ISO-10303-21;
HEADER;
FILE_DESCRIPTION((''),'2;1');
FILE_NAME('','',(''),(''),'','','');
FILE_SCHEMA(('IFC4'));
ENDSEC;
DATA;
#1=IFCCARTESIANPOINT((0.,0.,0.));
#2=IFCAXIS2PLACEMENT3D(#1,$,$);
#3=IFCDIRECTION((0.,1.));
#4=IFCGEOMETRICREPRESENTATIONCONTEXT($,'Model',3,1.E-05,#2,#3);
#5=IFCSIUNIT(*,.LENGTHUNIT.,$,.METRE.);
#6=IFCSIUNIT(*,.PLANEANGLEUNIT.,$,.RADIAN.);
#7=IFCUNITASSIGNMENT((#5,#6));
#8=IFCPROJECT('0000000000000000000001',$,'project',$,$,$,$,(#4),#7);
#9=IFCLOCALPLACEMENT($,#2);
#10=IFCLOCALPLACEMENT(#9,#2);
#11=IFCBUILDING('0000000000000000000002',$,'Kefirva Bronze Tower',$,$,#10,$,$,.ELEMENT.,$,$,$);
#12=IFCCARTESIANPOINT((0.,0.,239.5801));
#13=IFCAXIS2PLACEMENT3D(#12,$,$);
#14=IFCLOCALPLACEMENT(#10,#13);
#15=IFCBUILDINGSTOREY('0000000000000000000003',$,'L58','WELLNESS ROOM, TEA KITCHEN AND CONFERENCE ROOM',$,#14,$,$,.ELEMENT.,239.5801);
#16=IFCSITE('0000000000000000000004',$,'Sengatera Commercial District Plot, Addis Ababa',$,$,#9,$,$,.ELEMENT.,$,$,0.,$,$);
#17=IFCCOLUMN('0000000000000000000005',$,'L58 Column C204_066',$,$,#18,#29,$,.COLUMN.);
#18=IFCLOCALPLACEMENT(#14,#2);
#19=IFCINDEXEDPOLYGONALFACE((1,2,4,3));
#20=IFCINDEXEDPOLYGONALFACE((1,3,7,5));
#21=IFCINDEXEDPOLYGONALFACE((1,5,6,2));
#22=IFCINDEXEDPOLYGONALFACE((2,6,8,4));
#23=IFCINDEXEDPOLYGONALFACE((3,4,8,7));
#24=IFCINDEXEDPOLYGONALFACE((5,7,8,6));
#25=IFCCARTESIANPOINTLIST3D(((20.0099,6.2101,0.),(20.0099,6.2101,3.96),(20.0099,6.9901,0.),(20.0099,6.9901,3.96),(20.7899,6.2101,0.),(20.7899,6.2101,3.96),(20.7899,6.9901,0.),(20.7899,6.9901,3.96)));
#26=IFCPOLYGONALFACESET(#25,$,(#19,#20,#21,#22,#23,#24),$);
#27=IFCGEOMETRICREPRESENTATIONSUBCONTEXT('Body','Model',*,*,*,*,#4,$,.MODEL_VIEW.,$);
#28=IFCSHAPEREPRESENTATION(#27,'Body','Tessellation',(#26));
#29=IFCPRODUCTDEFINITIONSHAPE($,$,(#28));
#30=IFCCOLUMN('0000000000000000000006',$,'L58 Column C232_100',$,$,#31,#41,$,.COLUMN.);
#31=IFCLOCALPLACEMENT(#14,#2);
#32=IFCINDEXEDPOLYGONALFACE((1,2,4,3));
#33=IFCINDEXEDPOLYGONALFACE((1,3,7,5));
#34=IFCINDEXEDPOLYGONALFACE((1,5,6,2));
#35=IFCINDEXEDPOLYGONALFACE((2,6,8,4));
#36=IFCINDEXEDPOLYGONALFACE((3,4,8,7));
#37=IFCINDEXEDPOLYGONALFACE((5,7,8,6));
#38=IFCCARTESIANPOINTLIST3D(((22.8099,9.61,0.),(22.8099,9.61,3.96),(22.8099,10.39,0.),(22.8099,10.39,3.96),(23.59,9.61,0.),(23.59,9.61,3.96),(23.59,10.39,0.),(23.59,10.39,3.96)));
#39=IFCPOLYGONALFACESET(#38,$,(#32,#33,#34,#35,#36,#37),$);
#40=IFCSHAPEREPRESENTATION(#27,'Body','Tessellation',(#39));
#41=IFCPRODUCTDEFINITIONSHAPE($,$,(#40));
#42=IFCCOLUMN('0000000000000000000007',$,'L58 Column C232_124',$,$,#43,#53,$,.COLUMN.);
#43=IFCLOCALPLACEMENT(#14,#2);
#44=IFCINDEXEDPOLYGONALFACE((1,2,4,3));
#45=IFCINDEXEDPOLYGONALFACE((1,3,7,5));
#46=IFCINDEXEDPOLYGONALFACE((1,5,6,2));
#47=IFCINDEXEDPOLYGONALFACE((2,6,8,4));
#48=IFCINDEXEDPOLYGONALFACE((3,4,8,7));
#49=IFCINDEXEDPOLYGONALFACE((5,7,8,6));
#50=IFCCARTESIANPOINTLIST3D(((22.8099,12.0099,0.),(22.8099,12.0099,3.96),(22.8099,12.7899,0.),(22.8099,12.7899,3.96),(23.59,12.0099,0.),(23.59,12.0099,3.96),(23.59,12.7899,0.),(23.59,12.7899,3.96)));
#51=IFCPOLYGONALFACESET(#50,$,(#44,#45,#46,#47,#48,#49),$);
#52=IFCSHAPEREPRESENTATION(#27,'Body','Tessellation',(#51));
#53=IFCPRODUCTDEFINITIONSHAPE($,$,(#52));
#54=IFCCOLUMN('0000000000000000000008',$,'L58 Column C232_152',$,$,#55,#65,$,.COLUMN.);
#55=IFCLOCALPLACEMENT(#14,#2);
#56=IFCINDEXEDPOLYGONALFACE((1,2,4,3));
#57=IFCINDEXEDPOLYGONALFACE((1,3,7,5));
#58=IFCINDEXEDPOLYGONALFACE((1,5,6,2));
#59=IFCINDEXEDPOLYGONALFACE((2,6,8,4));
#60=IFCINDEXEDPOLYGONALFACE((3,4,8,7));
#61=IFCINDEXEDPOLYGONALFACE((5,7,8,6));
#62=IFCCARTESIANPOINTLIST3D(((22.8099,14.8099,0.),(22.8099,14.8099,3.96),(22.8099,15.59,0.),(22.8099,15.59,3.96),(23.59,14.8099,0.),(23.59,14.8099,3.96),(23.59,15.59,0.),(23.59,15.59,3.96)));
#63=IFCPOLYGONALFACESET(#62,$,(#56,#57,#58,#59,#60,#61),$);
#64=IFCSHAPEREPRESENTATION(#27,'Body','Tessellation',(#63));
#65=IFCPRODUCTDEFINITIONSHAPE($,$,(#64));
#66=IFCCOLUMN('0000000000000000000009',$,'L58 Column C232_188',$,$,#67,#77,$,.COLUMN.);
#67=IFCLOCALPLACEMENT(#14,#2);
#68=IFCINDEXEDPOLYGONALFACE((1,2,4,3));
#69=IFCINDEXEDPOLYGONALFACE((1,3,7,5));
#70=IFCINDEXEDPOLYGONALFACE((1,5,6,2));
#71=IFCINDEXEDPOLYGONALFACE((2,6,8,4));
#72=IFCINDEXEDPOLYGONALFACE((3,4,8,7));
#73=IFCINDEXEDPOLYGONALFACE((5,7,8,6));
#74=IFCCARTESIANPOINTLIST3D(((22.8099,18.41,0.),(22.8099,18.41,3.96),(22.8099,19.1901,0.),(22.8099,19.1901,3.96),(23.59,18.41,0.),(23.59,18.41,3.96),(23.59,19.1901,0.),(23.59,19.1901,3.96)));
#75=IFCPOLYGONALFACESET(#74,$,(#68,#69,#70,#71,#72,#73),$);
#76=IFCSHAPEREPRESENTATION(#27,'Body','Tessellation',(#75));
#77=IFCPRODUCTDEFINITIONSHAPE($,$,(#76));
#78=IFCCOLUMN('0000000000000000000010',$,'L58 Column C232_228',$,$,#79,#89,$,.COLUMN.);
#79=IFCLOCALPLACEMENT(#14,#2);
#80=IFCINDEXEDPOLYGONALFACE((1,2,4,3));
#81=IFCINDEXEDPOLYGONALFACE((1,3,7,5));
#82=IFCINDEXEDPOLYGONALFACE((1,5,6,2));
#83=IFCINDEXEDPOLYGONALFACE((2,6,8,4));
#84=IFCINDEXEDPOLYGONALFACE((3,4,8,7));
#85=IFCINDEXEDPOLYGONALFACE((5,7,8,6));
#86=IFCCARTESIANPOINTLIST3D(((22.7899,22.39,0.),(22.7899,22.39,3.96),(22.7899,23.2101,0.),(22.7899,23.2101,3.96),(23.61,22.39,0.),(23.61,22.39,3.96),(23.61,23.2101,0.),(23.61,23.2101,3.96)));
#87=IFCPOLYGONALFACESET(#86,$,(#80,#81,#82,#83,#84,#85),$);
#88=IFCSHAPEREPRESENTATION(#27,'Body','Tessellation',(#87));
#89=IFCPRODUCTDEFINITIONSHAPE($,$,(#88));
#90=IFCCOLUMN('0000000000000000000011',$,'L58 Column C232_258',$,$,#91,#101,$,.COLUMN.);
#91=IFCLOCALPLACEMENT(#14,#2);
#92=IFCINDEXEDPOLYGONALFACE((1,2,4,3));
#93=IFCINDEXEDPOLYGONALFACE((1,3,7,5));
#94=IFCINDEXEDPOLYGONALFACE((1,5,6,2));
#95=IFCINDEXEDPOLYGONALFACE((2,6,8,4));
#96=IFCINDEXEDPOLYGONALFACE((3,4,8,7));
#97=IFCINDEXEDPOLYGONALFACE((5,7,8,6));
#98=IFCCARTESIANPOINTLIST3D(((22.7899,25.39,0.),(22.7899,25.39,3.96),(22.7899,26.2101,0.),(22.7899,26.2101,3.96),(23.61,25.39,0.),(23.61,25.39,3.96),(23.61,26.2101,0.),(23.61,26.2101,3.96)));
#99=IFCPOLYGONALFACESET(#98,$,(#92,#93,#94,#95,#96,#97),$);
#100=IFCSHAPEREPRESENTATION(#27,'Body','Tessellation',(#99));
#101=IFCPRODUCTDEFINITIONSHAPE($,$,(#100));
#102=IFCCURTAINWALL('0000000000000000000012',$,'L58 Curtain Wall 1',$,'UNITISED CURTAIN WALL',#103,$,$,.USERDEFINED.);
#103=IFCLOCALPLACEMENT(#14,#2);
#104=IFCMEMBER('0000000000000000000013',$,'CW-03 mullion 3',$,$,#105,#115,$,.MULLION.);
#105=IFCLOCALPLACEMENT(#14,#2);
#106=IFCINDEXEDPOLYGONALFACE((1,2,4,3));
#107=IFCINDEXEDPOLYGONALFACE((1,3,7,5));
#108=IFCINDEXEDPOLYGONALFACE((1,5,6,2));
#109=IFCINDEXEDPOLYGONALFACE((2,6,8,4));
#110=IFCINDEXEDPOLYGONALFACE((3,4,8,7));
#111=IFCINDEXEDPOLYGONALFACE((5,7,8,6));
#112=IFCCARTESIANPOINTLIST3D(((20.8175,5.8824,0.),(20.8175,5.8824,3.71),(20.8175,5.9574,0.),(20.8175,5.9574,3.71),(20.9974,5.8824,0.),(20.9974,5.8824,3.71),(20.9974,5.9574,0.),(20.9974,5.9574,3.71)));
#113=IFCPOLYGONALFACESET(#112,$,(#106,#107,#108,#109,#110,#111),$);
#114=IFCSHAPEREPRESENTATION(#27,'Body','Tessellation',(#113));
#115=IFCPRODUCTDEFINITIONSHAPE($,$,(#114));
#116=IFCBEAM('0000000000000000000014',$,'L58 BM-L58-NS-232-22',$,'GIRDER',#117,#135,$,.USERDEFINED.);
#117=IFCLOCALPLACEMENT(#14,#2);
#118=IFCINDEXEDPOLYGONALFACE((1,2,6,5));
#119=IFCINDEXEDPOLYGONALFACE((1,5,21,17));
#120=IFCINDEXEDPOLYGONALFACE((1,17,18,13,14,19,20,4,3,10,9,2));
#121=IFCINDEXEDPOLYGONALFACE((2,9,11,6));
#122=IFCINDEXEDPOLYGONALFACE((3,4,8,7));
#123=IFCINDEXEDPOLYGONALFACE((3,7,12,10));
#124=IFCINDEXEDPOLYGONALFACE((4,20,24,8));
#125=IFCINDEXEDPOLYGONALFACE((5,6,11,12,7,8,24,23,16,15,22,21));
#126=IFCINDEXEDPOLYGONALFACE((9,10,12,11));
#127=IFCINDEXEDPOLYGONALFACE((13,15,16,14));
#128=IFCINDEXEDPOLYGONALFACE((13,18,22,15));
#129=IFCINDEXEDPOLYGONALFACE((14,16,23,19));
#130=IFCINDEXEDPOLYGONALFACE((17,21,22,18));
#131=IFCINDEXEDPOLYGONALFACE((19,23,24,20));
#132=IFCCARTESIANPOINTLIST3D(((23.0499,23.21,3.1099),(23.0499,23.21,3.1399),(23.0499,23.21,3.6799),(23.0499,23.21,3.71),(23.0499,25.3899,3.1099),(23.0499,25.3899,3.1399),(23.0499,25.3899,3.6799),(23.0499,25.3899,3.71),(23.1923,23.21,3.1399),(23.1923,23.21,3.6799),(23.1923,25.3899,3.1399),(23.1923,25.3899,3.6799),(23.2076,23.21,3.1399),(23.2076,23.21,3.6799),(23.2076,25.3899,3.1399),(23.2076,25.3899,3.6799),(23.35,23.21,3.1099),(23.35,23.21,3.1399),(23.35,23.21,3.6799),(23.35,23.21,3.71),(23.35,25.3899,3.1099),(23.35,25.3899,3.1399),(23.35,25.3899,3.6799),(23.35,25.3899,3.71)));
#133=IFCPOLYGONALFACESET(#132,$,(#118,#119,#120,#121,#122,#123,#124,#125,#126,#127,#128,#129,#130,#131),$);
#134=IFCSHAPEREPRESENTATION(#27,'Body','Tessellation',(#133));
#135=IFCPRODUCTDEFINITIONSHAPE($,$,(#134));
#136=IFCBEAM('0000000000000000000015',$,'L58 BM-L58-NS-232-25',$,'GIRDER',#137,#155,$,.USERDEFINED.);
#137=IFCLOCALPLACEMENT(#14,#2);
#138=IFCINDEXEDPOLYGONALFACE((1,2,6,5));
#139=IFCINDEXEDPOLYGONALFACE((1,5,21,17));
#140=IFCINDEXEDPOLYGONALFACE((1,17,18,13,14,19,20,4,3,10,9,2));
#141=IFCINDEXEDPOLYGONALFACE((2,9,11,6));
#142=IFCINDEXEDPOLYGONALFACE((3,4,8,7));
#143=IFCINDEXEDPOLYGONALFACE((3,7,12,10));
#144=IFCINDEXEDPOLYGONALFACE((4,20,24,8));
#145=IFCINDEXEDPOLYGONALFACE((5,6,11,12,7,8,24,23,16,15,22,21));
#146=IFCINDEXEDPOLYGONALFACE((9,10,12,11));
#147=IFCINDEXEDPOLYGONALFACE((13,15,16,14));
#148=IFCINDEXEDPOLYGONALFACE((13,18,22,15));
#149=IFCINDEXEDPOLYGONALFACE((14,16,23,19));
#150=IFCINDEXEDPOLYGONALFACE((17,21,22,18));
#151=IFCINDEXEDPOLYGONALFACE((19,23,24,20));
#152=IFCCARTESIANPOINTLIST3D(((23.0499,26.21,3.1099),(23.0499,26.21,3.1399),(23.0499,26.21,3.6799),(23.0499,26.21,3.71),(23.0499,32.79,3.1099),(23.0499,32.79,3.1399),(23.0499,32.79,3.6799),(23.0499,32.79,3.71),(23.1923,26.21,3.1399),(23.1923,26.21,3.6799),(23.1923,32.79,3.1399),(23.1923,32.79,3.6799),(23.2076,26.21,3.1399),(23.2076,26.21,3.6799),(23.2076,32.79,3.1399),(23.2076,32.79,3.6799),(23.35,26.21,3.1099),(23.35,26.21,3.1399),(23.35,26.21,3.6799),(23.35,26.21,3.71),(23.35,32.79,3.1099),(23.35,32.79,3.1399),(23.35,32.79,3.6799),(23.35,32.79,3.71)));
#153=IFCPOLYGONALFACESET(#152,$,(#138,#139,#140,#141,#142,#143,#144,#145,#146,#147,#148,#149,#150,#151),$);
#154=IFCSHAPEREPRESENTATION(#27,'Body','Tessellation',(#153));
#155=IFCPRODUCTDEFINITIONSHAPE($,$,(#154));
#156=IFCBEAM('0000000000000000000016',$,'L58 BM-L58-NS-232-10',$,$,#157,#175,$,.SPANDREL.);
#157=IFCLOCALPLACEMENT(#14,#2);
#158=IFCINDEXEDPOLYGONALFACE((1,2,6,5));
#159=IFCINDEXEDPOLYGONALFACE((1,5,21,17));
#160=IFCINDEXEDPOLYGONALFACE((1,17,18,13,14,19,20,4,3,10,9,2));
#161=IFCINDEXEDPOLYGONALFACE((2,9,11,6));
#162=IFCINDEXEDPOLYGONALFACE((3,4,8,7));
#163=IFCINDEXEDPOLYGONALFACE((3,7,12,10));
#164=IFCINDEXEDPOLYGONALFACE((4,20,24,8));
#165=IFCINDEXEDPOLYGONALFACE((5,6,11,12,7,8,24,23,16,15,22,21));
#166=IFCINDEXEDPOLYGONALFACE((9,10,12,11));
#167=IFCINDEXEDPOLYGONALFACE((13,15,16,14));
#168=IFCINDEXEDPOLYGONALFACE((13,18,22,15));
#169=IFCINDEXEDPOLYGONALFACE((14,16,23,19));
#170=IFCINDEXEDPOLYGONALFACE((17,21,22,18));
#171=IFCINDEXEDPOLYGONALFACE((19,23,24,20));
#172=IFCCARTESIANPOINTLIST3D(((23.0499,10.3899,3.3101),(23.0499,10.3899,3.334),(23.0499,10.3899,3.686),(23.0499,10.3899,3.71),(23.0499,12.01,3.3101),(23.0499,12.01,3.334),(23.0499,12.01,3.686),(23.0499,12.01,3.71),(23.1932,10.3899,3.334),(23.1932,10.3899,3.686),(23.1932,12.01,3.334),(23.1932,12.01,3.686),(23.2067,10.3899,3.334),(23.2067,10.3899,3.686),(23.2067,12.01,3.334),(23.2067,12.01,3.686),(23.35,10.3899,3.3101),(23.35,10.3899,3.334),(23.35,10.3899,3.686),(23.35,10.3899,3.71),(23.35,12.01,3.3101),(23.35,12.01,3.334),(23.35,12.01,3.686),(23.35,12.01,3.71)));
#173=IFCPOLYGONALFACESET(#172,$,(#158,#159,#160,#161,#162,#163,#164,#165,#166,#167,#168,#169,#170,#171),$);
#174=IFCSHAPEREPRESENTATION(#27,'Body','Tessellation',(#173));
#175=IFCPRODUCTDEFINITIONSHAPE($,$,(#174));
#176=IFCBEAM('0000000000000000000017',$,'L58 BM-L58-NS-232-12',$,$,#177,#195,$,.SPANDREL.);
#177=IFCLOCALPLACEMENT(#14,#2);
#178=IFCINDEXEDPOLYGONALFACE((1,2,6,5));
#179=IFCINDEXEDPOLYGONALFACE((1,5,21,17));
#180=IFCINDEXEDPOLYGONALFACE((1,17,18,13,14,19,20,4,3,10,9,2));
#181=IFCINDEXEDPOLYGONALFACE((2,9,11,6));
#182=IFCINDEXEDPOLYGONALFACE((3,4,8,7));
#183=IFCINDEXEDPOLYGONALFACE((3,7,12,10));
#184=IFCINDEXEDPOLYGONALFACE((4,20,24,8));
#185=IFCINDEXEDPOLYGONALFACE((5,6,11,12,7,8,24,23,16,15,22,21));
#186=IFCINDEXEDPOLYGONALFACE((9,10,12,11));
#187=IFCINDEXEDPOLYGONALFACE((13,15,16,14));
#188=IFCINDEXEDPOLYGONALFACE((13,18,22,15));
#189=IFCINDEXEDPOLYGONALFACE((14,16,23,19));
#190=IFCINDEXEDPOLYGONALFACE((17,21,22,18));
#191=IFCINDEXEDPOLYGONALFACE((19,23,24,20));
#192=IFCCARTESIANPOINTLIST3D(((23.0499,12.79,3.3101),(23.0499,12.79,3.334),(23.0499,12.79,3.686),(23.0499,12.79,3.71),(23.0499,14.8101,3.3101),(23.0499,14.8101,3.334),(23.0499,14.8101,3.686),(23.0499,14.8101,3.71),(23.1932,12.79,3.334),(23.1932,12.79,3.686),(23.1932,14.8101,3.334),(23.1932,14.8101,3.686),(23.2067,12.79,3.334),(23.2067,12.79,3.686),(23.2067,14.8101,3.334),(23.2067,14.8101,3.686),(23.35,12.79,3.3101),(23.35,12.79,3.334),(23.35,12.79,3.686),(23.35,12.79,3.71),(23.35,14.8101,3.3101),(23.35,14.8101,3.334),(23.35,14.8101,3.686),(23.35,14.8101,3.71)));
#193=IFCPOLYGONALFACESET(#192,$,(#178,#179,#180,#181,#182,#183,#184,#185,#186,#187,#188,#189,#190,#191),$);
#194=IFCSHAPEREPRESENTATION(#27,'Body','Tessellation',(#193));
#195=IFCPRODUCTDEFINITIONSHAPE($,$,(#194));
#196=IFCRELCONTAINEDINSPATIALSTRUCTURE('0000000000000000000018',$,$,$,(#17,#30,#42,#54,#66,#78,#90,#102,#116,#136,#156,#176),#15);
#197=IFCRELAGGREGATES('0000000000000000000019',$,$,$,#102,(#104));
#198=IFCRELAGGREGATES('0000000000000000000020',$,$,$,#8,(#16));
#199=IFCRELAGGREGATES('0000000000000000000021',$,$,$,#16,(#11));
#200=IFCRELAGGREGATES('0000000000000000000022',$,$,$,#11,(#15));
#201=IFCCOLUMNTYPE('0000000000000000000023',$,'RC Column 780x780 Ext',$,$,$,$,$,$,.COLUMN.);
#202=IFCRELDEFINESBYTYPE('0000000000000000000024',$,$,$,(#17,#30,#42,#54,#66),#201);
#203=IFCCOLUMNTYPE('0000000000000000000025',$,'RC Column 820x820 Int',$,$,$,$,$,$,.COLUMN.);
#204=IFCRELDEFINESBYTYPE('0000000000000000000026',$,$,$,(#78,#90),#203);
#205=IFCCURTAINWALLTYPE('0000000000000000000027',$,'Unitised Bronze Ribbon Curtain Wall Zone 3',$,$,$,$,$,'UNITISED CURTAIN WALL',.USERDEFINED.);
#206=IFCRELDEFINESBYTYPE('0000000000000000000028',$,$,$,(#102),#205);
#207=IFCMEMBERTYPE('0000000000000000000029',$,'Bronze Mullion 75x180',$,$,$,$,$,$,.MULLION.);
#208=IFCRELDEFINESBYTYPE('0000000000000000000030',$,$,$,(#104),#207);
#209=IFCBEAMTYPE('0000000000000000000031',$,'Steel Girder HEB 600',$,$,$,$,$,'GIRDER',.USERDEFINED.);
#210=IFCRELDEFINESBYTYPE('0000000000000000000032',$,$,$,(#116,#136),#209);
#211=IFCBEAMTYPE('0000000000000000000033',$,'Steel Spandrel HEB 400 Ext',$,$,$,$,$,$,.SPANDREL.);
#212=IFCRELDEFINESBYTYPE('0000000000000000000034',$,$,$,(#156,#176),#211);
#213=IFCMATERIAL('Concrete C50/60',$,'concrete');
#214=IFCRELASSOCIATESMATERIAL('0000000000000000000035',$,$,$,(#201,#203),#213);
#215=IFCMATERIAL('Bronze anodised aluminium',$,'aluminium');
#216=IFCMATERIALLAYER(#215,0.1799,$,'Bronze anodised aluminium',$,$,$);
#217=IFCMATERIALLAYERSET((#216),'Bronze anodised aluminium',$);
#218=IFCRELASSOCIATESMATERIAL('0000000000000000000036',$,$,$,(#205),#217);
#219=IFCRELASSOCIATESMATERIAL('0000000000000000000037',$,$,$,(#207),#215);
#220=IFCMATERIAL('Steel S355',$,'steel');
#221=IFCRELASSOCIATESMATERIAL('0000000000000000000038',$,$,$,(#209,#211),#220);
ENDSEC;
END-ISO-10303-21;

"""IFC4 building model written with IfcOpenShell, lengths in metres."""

from ifc_helpers import new_model, si_unit, direction, frame, origin, origin_2d, place, context, subcontext, project, spatial, rectangle, i_section, extrude, material, layer, layer_set, material_profile, profile_set, type_object, element, aggregate, save


model = new_model("IFC4")

# Units and contexts
model_context = context("Model", 3, precision=1e-05, world=origin(), true_north=direction((0.0, 1.0)))
body_context = subcontext(model_context, "Body", "Model", "MODEL_VIEW")
ifc_project = project(units=[si_unit("LENGTHUNIT", "METRE"), si_unit("PLANEANGLEUNIT", "RADIAN")], contexts=[model_context])

# Site, building, storey
site_placement = place(None, origin())
site = spatial("IfcSite", under=ifc_project, at=site_placement, Name="Sengatera Commercial District Plot, Addis Ababa", CompositionType="ELEMENT", RefElevation=0.0)
building_placement = place(site_placement, origin())
building = spatial("IfcBuilding", under=site, at=building_placement, Name="Kefirva Bronze Tower", CompositionType="ELEMENT")
storey_placement = place(building_placement, frame((0.0, 0.0, 239.5801)))
storey = spatial("IfcBuildingStorey", under=building, at=storey_placement, Name="L58", Description="WELLNESS ROOM, TEA KITCHEN AND CONFERENCE ROOM", CompositionType="ELEMENT", Elevation=239.5801)

# Columns
ifc_material_1 = material(Name="Concrete C50/60", Category="concrete")
ifc_material_profile_1 = material_profile(ifc_material_1, rectangle(XDim=0.78, YDim=0.78, at=origin_2d()), Name="RC 780x780")
ifc_profile_set_1 = profile_set([ifc_material_profile_1], Name="Concrete C50/60")
column_type_1 = type_object("IfcColumnType", Name="RC Column 780x780 Ext", PredefinedType="COLUMN", material=ifc_profile_set_1)
for number, where, z_axis, x_axis, name in (
    (1, (20.3999, 6.6001, 0.0), (0.0, 0.0, 1.0), (1.0, 0.0, 0.0), "L58 Column C204_066"),
    (2, (23.2, 10.0, 0.0), (0.0, 0.0, 1.0), (1.0, 0.0, 0.0), "L58 Column C232_100"),
    (3, (23.2, 12.3999, 0.0), (0.0, 0.0, 1.0), (1.0, 0.0, 0.0), "L58 Column C232_124"),
    (4, (23.2, 15.2, 0.0), (0.0, 0.0, 1.0), (1.0, 0.0, 0.0), "L58 Column C232_152"),
    (5, (23.2, 18.8, 0.0), (0.0, 0.0, 1.0), (1.0, 0.0, 0.0), "L58 Column C232_188"),
):
    element("IfcColumn", number, at=place(storey_placement, frame(where, z_axis=z_axis, x_axis=x_axis)), inside=storey, type_object=column_type_1, Name=name, PredefinedType="COLUMN", context=body_context, shape_type="SweptSolid", body=[
        extrude(rectangle(XDim=0.78, YDim=0.78, at=origin_2d()), origin(), (0.0, 0.0, 1.0), 3.96),
    ])
ifc_material_profile_2 = material_profile(ifc_material_1, rectangle(XDim=0.8201, YDim=0.8201, at=origin_2d()), Name="RC 820x820")
ifc_profile_set_2 = profile_set([ifc_material_profile_2], Name="Concrete C50/60")
column_type_2 = type_object("IfcColumnType", Name="RC Column 820x820 Int", PredefinedType="COLUMN", material=ifc_profile_set_2)
for number, where, z_axis, x_axis, name in (
    (6, (23.2, 22.8, 0.0), (0.0, 0.0, 1.0), (1.0, 0.0, 0.0), "L58 Column C232_228"),
    (7, (23.2, 25.8, 0.0), (0.0, 0.0, 1.0), (1.0, 0.0, 0.0), "L58 Column C232_258"),
):
    element("IfcColumn", number, at=place(storey_placement, frame(where, z_axis=z_axis, x_axis=x_axis)), inside=storey, type_object=column_type_2, Name=name, PredefinedType="COLUMN", context=body_context, shape_type="SweptSolid", body=[
        extrude(rectangle(XDim=0.8201, YDim=0.8201, at=origin_2d()), origin(), (0.0, 0.0, 1.0), 3.96),
    ])

# Curtain wall, member
ifc_material_2 = material(Name="Bronze anodised aluminium", Category="aluminium")
ifc_layer_1 = layer(ifc_material_2, 0.1799, Name="Bronze anodised aluminium")
ifc_layer_set_1 = layer_set([ifc_layer_1], Name="Bronze anodised aluminium")
curtain_wall_type = type_object("IfcCurtainWallType", Name="Unitised Bronze Ribbon Curtain Wall Zone 3", ElementType="UNITISED CURTAIN WALL", PredefinedType="USERDEFINED", material=ifc_layer_set_1)
curtain_wall_placement = place(storey_placement, origin())
curtain_wall = element("IfcCurtainWall", 8, at=curtain_wall_placement, inside=storey, type_object=curtain_wall_type, Name="L58 Curtain Wall 1", ObjectType="UNITISED CURTAIN WALL", PredefinedType="USERDEFINED")
ifc_material_profile_3 = material_profile(ifc_material_2, rectangle(XDim=0.075, YDim=0.1799, at=origin_2d()), Name="ALU 75x180")
ifc_profile_set_3 = profile_set([ifc_material_profile_3], Name="Bronze anodised aluminium")
member_type = type_object("IfcMemberType", Name="Bronze Mullion 75x180", PredefinedType="MULLION", material=ifc_profile_set_3)
member_placement = place(storey_placement, frame((20.9075, 5.9199, 0.0), z_axis=(0.0, 0.0, 1.0), x_axis=(0.0, 1.0, 0.0)))
member = element("IfcMember", 9, at=member_placement, type_object=member_type, Name="CW-03 mullion 3", PredefinedType="MULLION", context=body_context, shape_type="SweptSolid", body=[
    extrude(rectangle(XDim=0.075, YDim=0.1799, at=origin_2d()), origin(), (0.0, 0.0, 1.0), 3.71),
])
aggregate(curtain_wall, [member])

# Beams
ifc_material_3 = material(Name="Steel S355", Category="steel")
ifc_material_profile_4 = material_profile(ifc_material_3, i_section(OverallWidth=0.3, OverallDepth=0.6001, WebThickness=0.0154, FlangeThickness=0.03, at=origin_2d()), Name="HEB 600")
ifc_profile_set_4 = profile_set([ifc_material_profile_4], Name="Steel S355")
beam_type_1 = type_object("IfcBeamType", Name="Steel Girder HEB 600", ElementType="GIRDER", PredefinedType="USERDEFINED", material=ifc_profile_set_4)
beam_1_placement = place(storey_placement, frame((23.2, 23.21, 3.4099), z_axis=(0.0, 1.0, 0.0), x_axis=(-1.0, 0.0, 0.0)))
element("IfcBeam", 10, at=beam_1_placement, inside=storey, type_object=beam_type_1, Name="L58 BM-L58-NS-232-22", ObjectType="GIRDER", PredefinedType="USERDEFINED", context=body_context, shape_type="SweptSolid", body=[
    extrude(i_section(OverallWidth=0.3, OverallDepth=0.6001, WebThickness=0.0154, FlangeThickness=0.03, at=origin_2d()), origin(), (0.0, 0.0, 1.0), 2.1799),
])
beam_2_placement = place(storey_placement, frame((23.2, 26.21, 3.4099), z_axis=(0.0, 1.0, 0.0), x_axis=(-1.0, 0.0, 0.0)))
element("IfcBeam", 11, at=beam_2_placement, inside=storey, type_object=beam_type_1, Name="L58 BM-L58-NS-232-25", ObjectType="GIRDER", PredefinedType="USERDEFINED", context=body_context, shape_type="SweptSolid", body=[
    extrude(i_section(OverallWidth=0.3, OverallDepth=0.6001, WebThickness=0.0154, FlangeThickness=0.03, at=origin_2d()), origin(), (0.0, 0.0, 1.0), 6.5801),
])
ifc_material_profile_5 = material_profile(ifc_material_3, i_section(OverallWidth=0.3, OverallDepth=0.3999, WebThickness=0.0134, FlangeThickness=0.0239, at=origin_2d()), Name="HEB 400")
ifc_profile_set_5 = profile_set([ifc_material_profile_5], Name="Steel S355")
beam_type_2 = type_object("IfcBeamType", Name="Steel Spandrel HEB 400 Ext", PredefinedType="SPANDREL", material=ifc_profile_set_5)
beam_3_placement = place(storey_placement, frame((23.2, 10.3899, 3.51), z_axis=(0.0, 1.0, 0.0), x_axis=(-1.0, 0.0, 0.0)))
element("IfcBeam", 12, at=beam_3_placement, inside=storey, type_object=beam_type_2, Name="L58 BM-L58-NS-232-10", PredefinedType="SPANDREL", context=body_context, shape_type="SweptSolid", body=[
    extrude(i_section(OverallWidth=0.3, OverallDepth=0.3999, WebThickness=0.0134, FlangeThickness=0.0239, at=origin_2d()), origin(), (0.0, 0.0, 1.0), 1.6201),
])
beam_4_placement = place(storey_placement, frame((23.2, 12.79, 3.51), z_axis=(0.0, 1.0, 0.0), x_axis=(-1.0, 0.0, 0.0)))
element("IfcBeam", 13, at=beam_4_placement, inside=storey, type_object=beam_type_2, Name="L58 BM-L58-NS-232-12", PredefinedType="SPANDREL", context=body_context, shape_type="SweptSolid", body=[
    extrude(i_section(OverallWidth=0.3, OverallDepth=0.3999, WebThickness=0.0134, FlangeThickness=0.0239, at=origin_2d()), origin(), (0.0, 0.0, 1.0), 2.02),
])

save(model, "model.ifc")
